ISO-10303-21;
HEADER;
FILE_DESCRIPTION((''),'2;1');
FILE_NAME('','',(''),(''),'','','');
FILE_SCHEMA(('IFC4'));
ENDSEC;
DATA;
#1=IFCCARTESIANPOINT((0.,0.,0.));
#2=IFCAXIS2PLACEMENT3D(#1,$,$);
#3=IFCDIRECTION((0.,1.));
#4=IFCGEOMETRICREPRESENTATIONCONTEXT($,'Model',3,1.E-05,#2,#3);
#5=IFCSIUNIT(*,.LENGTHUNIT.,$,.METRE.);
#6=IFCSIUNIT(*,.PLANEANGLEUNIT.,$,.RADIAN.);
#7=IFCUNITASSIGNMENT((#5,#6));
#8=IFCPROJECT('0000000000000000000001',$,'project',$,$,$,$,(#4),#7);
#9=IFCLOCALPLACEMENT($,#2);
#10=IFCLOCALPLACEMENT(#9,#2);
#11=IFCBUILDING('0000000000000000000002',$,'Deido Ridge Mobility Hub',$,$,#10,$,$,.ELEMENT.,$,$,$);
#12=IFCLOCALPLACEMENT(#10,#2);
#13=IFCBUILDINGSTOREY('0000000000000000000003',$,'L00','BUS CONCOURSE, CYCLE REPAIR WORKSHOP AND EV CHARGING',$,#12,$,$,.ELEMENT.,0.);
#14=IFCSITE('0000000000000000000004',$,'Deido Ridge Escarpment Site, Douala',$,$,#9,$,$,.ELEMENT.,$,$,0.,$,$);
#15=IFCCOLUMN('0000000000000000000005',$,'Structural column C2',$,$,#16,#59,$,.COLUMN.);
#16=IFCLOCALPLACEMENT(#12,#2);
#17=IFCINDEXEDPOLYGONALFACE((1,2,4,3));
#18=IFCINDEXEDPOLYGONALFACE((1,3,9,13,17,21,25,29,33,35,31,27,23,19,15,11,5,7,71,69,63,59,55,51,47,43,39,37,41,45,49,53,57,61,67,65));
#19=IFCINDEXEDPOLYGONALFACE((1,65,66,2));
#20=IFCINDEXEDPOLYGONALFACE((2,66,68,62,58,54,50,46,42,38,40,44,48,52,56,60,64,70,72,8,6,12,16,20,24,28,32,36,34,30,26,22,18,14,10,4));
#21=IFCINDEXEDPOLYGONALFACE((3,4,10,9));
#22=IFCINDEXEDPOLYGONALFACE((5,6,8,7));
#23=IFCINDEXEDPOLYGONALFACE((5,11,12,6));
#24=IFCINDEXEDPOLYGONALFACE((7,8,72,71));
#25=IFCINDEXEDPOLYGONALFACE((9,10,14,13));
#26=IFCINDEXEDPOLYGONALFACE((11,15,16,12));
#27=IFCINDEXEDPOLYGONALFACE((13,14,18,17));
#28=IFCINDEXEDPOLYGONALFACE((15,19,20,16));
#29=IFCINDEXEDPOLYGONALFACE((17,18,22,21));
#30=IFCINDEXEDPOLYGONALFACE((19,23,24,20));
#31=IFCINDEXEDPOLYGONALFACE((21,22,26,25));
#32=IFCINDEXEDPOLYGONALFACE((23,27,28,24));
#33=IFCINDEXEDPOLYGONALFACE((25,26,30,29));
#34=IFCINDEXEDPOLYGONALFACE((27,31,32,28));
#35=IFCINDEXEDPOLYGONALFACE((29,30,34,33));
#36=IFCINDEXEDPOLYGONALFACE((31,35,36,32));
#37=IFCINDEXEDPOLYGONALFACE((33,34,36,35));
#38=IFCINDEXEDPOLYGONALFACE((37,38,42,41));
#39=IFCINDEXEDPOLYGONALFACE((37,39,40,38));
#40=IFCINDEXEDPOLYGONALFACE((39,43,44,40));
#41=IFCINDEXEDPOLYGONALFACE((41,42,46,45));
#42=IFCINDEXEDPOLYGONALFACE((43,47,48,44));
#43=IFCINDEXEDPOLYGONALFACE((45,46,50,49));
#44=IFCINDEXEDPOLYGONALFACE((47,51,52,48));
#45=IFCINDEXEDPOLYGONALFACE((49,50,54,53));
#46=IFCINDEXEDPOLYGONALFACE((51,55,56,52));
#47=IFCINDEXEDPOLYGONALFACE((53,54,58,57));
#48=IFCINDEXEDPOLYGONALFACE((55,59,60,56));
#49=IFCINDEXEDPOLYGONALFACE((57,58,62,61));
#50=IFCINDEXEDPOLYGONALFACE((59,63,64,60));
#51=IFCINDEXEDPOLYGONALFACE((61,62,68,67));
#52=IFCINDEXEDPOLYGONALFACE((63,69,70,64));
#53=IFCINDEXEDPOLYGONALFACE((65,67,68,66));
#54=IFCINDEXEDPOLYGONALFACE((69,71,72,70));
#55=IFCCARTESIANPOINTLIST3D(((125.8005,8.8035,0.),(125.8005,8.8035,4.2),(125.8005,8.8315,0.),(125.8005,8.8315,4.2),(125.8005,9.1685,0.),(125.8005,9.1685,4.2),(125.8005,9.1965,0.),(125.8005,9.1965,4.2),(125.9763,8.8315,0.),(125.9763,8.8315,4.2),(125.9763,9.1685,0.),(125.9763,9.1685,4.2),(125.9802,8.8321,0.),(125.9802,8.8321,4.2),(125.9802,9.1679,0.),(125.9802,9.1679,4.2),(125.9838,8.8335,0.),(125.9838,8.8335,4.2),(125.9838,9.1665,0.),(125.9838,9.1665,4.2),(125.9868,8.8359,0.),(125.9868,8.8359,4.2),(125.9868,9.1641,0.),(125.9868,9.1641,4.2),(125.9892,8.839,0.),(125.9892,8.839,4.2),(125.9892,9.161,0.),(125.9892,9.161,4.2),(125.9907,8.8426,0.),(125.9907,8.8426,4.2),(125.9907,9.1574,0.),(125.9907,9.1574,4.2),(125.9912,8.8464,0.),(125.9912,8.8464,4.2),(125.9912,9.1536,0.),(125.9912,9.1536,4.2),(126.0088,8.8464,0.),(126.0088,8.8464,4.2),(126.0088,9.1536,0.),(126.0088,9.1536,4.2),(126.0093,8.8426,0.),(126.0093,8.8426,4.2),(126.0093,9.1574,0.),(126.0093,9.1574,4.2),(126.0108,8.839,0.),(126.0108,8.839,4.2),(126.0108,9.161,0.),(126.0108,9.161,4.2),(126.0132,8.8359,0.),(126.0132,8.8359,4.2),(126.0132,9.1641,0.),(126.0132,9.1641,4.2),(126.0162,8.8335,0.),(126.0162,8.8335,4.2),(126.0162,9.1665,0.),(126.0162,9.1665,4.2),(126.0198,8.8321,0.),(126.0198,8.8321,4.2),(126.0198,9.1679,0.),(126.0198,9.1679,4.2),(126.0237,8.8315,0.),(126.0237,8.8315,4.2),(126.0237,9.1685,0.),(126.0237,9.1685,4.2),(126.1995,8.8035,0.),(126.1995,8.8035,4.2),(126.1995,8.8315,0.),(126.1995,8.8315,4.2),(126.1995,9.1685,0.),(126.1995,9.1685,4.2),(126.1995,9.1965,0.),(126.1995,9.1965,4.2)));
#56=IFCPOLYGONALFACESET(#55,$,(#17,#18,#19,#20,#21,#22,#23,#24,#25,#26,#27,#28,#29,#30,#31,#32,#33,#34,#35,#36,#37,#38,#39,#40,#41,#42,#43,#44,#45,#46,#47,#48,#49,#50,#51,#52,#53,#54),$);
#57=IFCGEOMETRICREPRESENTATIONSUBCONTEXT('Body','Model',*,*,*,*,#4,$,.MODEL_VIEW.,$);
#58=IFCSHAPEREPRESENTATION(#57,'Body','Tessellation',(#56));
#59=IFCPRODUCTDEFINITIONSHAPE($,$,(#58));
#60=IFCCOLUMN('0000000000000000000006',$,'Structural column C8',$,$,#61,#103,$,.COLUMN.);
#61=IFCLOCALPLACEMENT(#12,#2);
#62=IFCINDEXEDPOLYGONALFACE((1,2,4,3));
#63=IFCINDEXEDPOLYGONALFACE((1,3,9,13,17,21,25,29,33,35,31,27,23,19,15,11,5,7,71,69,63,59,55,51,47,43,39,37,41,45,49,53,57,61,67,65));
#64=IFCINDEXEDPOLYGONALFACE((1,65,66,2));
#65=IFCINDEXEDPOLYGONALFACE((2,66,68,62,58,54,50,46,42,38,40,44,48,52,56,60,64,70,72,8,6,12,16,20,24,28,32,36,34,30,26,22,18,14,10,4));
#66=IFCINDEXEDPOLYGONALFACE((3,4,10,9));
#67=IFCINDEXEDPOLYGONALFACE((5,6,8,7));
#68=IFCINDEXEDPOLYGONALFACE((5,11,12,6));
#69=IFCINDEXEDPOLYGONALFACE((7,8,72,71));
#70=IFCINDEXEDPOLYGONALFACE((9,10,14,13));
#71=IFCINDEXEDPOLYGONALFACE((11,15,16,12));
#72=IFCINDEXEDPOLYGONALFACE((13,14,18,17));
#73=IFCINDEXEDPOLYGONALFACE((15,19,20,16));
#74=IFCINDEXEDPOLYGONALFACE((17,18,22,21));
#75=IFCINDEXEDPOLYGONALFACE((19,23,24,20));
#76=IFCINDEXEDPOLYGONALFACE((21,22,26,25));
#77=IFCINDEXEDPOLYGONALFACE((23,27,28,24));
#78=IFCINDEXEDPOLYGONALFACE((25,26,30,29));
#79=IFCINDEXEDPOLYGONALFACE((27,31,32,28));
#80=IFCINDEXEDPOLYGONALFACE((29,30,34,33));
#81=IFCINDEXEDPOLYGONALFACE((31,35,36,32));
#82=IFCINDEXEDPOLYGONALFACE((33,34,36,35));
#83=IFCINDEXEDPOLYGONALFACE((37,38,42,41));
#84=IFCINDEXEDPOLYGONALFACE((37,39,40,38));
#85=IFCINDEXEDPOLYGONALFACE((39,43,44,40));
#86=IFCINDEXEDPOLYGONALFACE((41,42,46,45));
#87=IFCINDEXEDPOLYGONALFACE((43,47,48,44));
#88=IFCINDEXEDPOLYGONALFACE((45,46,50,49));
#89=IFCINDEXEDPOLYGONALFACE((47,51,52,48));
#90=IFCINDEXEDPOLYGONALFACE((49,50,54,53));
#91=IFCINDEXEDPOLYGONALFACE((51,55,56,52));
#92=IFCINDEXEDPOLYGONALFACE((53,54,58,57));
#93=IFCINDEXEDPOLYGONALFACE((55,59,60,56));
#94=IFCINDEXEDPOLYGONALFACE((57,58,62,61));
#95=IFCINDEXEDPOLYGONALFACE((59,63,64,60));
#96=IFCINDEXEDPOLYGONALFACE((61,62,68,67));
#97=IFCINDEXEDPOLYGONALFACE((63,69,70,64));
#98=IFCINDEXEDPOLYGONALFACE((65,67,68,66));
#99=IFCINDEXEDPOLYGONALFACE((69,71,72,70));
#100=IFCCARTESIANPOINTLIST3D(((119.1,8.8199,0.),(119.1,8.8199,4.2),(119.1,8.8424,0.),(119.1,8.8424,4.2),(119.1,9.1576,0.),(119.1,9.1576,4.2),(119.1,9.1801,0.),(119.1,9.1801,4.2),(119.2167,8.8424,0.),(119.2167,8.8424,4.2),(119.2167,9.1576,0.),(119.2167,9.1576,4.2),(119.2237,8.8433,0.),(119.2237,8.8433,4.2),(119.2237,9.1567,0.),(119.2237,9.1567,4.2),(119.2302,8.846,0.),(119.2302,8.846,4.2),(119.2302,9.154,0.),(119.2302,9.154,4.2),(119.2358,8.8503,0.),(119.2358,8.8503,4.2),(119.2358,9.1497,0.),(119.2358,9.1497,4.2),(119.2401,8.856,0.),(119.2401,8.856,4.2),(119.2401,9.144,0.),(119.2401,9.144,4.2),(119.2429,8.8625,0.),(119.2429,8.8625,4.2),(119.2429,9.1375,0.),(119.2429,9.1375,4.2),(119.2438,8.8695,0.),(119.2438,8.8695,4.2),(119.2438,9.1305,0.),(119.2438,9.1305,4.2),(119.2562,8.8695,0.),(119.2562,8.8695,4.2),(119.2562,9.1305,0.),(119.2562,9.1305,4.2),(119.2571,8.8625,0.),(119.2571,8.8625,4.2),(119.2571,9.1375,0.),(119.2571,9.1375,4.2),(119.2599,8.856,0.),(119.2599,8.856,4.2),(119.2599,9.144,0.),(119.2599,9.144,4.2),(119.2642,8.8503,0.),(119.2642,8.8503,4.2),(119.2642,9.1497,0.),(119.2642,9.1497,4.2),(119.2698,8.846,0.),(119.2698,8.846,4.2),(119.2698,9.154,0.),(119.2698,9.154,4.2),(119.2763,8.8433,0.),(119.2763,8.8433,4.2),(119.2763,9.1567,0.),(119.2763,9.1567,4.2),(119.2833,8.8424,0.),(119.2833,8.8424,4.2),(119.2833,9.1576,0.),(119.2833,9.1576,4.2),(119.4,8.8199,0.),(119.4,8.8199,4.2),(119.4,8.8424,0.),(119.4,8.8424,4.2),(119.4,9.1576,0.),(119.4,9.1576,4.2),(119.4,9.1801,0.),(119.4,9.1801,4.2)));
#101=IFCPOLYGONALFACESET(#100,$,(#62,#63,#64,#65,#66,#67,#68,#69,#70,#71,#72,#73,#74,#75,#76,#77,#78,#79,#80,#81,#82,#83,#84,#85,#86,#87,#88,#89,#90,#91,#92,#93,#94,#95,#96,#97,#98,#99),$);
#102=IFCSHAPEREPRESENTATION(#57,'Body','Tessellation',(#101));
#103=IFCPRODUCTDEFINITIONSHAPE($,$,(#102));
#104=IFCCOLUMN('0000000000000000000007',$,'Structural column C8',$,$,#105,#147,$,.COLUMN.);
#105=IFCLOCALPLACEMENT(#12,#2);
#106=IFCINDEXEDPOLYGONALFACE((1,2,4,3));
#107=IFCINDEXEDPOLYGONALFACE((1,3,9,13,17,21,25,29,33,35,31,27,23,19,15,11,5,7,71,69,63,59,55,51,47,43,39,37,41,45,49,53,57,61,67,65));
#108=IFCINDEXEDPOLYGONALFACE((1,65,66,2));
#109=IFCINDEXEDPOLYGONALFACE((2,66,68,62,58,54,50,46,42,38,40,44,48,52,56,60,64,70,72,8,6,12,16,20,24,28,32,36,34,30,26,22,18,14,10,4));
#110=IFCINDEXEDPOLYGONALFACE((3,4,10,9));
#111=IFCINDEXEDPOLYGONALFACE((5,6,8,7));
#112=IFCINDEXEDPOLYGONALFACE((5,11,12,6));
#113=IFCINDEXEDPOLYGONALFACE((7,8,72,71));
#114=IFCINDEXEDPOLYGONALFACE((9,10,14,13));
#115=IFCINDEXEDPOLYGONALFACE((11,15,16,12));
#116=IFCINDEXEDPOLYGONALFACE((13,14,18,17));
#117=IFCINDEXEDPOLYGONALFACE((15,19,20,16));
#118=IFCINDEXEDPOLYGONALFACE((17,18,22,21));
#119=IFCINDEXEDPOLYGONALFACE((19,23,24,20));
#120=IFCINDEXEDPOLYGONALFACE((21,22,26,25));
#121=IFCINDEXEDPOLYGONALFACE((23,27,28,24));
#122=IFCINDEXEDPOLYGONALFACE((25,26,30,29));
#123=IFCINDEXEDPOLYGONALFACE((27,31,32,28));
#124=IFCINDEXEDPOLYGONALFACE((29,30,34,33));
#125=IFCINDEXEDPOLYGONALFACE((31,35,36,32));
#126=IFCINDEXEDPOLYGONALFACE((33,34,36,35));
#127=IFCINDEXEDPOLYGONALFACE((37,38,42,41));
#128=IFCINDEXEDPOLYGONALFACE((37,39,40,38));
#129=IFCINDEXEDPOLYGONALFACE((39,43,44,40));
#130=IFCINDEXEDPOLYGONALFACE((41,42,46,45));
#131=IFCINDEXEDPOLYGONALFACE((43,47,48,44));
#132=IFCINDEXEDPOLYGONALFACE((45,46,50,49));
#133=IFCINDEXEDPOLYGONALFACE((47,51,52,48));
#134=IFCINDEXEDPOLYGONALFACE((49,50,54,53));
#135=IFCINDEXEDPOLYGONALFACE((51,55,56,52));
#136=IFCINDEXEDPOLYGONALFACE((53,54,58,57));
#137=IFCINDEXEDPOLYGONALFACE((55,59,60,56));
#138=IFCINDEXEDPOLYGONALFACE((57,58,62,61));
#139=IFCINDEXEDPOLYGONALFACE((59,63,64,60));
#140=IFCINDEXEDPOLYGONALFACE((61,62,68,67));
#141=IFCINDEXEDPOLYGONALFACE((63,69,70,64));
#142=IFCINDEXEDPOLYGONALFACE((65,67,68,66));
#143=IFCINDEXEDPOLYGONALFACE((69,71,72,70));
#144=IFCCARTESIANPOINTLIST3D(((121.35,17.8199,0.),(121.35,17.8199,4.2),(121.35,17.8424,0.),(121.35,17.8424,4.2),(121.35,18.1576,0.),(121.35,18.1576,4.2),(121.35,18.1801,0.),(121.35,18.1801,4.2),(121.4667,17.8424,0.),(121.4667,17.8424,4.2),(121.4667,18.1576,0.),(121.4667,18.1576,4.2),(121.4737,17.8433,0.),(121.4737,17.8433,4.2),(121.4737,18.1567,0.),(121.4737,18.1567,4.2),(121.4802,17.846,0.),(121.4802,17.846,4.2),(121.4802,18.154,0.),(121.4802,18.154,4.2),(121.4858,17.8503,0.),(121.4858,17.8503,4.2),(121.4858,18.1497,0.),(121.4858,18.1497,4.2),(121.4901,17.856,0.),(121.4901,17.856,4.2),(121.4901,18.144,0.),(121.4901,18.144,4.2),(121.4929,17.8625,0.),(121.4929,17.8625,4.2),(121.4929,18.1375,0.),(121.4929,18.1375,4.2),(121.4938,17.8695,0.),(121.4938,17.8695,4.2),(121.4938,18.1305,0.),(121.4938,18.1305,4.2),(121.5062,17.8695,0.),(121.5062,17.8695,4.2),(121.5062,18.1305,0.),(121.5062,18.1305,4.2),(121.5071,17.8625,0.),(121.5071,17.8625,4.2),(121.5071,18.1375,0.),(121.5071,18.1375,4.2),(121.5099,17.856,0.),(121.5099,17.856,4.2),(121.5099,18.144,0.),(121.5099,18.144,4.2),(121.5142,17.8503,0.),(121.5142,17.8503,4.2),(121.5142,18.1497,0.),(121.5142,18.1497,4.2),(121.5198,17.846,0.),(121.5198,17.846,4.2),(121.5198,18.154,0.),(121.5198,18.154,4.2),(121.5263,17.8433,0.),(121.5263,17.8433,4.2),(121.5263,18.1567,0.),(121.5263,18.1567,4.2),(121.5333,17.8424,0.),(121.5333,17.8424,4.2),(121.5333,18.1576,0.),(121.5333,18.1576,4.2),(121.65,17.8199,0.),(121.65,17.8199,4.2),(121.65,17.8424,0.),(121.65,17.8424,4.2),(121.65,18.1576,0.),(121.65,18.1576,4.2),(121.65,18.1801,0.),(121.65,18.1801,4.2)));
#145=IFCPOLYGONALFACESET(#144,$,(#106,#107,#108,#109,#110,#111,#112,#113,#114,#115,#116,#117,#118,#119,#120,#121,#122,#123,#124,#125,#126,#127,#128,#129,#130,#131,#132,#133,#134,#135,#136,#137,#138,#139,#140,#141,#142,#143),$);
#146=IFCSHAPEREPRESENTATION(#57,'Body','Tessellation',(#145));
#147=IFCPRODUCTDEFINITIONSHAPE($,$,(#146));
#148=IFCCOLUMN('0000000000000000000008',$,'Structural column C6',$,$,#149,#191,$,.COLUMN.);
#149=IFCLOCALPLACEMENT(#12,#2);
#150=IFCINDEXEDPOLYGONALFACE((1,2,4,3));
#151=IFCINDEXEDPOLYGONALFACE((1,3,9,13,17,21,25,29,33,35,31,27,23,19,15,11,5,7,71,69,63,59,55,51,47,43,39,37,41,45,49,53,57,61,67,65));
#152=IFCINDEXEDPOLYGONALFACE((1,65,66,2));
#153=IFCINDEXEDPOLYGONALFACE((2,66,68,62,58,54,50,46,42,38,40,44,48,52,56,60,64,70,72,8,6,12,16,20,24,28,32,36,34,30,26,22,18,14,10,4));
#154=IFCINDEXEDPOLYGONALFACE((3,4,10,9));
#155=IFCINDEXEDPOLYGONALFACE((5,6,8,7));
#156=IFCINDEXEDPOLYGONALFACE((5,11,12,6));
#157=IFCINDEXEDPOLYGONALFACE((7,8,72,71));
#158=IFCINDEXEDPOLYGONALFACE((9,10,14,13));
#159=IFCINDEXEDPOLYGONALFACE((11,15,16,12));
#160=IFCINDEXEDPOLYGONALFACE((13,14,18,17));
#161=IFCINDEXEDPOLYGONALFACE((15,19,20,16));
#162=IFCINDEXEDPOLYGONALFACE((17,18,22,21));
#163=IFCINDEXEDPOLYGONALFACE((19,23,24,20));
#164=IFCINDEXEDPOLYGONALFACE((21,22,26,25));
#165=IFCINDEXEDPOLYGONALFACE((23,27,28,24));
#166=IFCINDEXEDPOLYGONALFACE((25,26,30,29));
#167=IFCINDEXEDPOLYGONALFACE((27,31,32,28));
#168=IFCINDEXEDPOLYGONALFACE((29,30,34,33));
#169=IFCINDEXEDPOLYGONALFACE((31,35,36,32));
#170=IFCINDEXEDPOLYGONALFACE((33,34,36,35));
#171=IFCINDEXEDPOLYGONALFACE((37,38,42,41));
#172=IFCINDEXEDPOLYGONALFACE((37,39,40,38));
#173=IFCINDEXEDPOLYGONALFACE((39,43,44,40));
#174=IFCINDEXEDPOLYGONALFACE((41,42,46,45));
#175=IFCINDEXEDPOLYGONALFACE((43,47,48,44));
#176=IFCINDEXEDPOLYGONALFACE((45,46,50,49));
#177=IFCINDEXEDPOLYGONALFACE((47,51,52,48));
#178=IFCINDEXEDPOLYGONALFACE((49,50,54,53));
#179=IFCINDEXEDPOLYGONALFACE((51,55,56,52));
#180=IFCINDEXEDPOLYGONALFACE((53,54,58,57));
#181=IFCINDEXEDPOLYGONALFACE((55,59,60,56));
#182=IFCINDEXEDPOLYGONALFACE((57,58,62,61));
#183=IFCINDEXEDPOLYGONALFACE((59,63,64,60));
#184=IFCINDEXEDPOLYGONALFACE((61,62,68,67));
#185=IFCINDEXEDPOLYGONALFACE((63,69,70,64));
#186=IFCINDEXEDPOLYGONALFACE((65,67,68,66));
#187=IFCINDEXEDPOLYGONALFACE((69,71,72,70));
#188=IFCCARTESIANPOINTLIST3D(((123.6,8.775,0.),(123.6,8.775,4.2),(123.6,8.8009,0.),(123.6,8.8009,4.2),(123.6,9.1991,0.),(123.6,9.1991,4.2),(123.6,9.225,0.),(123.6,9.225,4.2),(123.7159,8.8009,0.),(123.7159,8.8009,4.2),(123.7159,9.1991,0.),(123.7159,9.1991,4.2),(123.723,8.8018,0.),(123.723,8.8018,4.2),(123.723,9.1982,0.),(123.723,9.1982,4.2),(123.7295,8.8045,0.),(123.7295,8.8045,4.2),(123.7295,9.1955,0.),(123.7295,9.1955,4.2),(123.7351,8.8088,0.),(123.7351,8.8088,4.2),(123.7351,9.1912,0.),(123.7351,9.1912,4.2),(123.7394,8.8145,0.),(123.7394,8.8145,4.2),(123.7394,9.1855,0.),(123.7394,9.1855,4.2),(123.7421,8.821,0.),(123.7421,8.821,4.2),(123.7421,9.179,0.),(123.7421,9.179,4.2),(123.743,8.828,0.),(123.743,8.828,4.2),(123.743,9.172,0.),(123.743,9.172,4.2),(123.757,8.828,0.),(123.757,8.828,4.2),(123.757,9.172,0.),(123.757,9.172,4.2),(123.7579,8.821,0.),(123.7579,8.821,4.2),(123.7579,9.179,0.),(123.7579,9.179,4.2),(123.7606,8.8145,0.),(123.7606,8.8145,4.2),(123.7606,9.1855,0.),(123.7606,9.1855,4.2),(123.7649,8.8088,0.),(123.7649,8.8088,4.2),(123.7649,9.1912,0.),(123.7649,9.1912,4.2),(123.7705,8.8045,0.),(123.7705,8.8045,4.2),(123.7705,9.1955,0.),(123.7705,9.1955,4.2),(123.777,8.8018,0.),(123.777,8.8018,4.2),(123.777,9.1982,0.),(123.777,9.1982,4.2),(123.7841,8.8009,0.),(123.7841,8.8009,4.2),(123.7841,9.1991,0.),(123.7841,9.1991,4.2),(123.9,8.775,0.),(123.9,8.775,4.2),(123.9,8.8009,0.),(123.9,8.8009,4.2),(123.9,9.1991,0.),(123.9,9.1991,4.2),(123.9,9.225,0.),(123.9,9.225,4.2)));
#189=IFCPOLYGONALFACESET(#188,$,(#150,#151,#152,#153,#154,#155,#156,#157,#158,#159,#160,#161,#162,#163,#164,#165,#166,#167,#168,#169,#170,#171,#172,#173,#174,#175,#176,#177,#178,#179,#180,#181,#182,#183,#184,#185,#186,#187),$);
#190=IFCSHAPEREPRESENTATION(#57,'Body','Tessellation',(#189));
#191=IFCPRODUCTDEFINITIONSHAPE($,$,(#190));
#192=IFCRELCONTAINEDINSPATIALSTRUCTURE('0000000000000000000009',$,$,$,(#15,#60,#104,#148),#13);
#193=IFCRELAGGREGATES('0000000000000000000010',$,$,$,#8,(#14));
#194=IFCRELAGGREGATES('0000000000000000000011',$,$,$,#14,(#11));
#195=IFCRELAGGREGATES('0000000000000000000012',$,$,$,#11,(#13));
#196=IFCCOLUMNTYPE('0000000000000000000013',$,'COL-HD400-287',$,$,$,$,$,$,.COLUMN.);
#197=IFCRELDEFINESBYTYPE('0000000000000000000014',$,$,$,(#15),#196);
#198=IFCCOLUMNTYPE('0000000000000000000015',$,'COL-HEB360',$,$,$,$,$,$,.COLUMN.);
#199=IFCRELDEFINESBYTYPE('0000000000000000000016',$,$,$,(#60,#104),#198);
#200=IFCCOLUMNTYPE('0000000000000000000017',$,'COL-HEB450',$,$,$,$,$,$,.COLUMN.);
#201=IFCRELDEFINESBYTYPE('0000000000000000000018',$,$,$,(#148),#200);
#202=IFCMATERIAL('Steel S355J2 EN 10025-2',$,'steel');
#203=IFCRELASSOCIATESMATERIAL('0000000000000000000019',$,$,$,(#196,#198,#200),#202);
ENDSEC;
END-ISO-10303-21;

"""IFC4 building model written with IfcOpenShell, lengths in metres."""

from ifc_helpers import new_model, si_unit, direction, frame, origin, origin_2d, place, context, subcontext, project, spatial, i_section, extrude, material, material_profile, profile_set, type_object, element, save


model = new_model("IFC4")

# Units and contexts
model_context = context("Model", 3, precision=1e-05, world=origin(), true_north=direction((0.0, 1.0)))
body_context = subcontext(model_context, "Body", "Model", "MODEL_VIEW")
ifc_project = project(units=[si_unit("LENGTHUNIT", "METRE"), si_unit("PLANEANGLEUNIT", "RADIAN")], contexts=[model_context])

# Site, building, storey
site_placement = place(None, origin())
site = spatial("IfcSite", under=ifc_project, at=site_placement, Name="Deido Ridge Escarpment Site, Douala", CompositionType="ELEMENT", RefElevation=0.0)
building_placement = place(site_placement, origin())
building = spatial("IfcBuilding", under=site, at=building_placement, Name="Deido Ridge Mobility Hub", CompositionType="ELEMENT")
storey_placement = place(building_placement, origin())
storey = spatial("IfcBuildingStorey", under=building, at=storey_placement, Name="L00", Description="BUS CONCOURSE, CYCLE REPAIR WORKSHOP AND EV CHARGING", CompositionType="ELEMENT", Elevation=0.0)

# Columns
ifc_material_1 = material(Name="Steel S355J2 EN 10025-2", Category="steel")
ifc_material_profile_1 = material_profile(ifc_material_1, i_section(OverallWidth=0.3989, OverallDepth=0.3931, WebThickness=0.0176, FlangeThickness=0.0281, FilletRadius=0.0149, at=origin_2d()), Name="HD 400x287")
ifc_profile_set_1 = profile_set([ifc_material_profile_1], Name="Steel S355J2 EN 10025-2")
column_type_1 = type_object("IfcColumnType", Name="COL-HD400-287", PredefinedType="COLUMN", material=ifc_profile_set_1)
column_1_placement = place(storey_placement, frame((126.0, 9.0, 0.0), z_axis=(0.0, 0.0, 1.0), x_axis=(1.0, 0.0, 0.0)))
element("IfcColumn", 1, at=column_1_placement, inside=storey, type_object=column_type_1, Name="Structural column C2", PredefinedType="COLUMN", context=body_context, shape_type="SweptSolid", body=[
    extrude(i_section(OverallWidth=0.3989, OverallDepth=0.3931, WebThickness=0.0176, FlangeThickness=0.0281, FilletRadius=0.0149, at=origin_2d()), origin(), (0.0, 0.0, 1.0), 4.2),
])
ifc_material_profile_2 = material_profile(ifc_material_1, i_section(OverallWidth=0.3, OverallDepth=0.3601, WebThickness=0.0125, FlangeThickness=0.0225, FilletRadius=0.0271, at=origin_2d()), Name="HEB 360")
ifc_profile_set_2 = profile_set([ifc_material_profile_2], Name="Steel S355J2 EN 10025-2")
column_type_2 = type_object("IfcColumnType", Name="COL-HEB360", PredefinedType="COLUMN", material=ifc_profile_set_2)
for number, where, z_axis, x_axis, name in (
    (2, (119.25, 9.0, 0.0), (0.0, 0.0, 1.0), (1.0, 0.0, 0.0), "Structural column C8"),
    (3, (121.5, 18.0, 0.0), (0.0, 0.0, 1.0), (1.0, 0.0, 0.0), "Structural column C8"),
):
    element("IfcColumn", number, at=place(storey_placement, frame(where, z_axis=z_axis, x_axis=x_axis)), inside=storey, type_object=column_type_2, Name=name, PredefinedType="COLUMN", context=body_context, shape_type="SweptSolid", body=[
        extrude(i_section(OverallWidth=0.3, OverallDepth=0.3601, WebThickness=0.0125, FlangeThickness=0.0225, FilletRadius=0.0271, at=origin_2d()), origin(), (0.0, 0.0, 1.0), 4.2),
    ])
ifc_material_profile_3 = material_profile(ifc_material_1, i_section(OverallWidth=0.3, OverallDepth=0.45, WebThickness=0.0139, FlangeThickness=0.0259, FilletRadius=0.0271, at=origin_2d()), Name="HEB 450")
ifc_profile_set_3 = profile_set([ifc_material_profile_3], Name="Steel S355J2 EN 10025-2")
column_type_3 = type_object("IfcColumnType", Name="COL-HEB450", PredefinedType="COLUMN", material=ifc_profile_set_3)
column_2_placement = place(storey_placement, frame((123.75, 9.0, 0.0), z_axis=(0.0, 0.0, 1.0), x_axis=(1.0, 0.0, 0.0)))
element("IfcColumn", 4, at=column_2_placement, inside=storey, type_object=column_type_3, Name="Structural column C6", PredefinedType="COLUMN", context=body_context, shape_type="SweptSolid", body=[
    extrude(i_section(OverallWidth=0.3, OverallDepth=0.45, WebThickness=0.0139, FlangeThickness=0.0259, FilletRadius=0.0271, at=origin_2d()), origin(), (0.0, 0.0, 1.0), 4.2),
])

save(model, "model.ifc")
